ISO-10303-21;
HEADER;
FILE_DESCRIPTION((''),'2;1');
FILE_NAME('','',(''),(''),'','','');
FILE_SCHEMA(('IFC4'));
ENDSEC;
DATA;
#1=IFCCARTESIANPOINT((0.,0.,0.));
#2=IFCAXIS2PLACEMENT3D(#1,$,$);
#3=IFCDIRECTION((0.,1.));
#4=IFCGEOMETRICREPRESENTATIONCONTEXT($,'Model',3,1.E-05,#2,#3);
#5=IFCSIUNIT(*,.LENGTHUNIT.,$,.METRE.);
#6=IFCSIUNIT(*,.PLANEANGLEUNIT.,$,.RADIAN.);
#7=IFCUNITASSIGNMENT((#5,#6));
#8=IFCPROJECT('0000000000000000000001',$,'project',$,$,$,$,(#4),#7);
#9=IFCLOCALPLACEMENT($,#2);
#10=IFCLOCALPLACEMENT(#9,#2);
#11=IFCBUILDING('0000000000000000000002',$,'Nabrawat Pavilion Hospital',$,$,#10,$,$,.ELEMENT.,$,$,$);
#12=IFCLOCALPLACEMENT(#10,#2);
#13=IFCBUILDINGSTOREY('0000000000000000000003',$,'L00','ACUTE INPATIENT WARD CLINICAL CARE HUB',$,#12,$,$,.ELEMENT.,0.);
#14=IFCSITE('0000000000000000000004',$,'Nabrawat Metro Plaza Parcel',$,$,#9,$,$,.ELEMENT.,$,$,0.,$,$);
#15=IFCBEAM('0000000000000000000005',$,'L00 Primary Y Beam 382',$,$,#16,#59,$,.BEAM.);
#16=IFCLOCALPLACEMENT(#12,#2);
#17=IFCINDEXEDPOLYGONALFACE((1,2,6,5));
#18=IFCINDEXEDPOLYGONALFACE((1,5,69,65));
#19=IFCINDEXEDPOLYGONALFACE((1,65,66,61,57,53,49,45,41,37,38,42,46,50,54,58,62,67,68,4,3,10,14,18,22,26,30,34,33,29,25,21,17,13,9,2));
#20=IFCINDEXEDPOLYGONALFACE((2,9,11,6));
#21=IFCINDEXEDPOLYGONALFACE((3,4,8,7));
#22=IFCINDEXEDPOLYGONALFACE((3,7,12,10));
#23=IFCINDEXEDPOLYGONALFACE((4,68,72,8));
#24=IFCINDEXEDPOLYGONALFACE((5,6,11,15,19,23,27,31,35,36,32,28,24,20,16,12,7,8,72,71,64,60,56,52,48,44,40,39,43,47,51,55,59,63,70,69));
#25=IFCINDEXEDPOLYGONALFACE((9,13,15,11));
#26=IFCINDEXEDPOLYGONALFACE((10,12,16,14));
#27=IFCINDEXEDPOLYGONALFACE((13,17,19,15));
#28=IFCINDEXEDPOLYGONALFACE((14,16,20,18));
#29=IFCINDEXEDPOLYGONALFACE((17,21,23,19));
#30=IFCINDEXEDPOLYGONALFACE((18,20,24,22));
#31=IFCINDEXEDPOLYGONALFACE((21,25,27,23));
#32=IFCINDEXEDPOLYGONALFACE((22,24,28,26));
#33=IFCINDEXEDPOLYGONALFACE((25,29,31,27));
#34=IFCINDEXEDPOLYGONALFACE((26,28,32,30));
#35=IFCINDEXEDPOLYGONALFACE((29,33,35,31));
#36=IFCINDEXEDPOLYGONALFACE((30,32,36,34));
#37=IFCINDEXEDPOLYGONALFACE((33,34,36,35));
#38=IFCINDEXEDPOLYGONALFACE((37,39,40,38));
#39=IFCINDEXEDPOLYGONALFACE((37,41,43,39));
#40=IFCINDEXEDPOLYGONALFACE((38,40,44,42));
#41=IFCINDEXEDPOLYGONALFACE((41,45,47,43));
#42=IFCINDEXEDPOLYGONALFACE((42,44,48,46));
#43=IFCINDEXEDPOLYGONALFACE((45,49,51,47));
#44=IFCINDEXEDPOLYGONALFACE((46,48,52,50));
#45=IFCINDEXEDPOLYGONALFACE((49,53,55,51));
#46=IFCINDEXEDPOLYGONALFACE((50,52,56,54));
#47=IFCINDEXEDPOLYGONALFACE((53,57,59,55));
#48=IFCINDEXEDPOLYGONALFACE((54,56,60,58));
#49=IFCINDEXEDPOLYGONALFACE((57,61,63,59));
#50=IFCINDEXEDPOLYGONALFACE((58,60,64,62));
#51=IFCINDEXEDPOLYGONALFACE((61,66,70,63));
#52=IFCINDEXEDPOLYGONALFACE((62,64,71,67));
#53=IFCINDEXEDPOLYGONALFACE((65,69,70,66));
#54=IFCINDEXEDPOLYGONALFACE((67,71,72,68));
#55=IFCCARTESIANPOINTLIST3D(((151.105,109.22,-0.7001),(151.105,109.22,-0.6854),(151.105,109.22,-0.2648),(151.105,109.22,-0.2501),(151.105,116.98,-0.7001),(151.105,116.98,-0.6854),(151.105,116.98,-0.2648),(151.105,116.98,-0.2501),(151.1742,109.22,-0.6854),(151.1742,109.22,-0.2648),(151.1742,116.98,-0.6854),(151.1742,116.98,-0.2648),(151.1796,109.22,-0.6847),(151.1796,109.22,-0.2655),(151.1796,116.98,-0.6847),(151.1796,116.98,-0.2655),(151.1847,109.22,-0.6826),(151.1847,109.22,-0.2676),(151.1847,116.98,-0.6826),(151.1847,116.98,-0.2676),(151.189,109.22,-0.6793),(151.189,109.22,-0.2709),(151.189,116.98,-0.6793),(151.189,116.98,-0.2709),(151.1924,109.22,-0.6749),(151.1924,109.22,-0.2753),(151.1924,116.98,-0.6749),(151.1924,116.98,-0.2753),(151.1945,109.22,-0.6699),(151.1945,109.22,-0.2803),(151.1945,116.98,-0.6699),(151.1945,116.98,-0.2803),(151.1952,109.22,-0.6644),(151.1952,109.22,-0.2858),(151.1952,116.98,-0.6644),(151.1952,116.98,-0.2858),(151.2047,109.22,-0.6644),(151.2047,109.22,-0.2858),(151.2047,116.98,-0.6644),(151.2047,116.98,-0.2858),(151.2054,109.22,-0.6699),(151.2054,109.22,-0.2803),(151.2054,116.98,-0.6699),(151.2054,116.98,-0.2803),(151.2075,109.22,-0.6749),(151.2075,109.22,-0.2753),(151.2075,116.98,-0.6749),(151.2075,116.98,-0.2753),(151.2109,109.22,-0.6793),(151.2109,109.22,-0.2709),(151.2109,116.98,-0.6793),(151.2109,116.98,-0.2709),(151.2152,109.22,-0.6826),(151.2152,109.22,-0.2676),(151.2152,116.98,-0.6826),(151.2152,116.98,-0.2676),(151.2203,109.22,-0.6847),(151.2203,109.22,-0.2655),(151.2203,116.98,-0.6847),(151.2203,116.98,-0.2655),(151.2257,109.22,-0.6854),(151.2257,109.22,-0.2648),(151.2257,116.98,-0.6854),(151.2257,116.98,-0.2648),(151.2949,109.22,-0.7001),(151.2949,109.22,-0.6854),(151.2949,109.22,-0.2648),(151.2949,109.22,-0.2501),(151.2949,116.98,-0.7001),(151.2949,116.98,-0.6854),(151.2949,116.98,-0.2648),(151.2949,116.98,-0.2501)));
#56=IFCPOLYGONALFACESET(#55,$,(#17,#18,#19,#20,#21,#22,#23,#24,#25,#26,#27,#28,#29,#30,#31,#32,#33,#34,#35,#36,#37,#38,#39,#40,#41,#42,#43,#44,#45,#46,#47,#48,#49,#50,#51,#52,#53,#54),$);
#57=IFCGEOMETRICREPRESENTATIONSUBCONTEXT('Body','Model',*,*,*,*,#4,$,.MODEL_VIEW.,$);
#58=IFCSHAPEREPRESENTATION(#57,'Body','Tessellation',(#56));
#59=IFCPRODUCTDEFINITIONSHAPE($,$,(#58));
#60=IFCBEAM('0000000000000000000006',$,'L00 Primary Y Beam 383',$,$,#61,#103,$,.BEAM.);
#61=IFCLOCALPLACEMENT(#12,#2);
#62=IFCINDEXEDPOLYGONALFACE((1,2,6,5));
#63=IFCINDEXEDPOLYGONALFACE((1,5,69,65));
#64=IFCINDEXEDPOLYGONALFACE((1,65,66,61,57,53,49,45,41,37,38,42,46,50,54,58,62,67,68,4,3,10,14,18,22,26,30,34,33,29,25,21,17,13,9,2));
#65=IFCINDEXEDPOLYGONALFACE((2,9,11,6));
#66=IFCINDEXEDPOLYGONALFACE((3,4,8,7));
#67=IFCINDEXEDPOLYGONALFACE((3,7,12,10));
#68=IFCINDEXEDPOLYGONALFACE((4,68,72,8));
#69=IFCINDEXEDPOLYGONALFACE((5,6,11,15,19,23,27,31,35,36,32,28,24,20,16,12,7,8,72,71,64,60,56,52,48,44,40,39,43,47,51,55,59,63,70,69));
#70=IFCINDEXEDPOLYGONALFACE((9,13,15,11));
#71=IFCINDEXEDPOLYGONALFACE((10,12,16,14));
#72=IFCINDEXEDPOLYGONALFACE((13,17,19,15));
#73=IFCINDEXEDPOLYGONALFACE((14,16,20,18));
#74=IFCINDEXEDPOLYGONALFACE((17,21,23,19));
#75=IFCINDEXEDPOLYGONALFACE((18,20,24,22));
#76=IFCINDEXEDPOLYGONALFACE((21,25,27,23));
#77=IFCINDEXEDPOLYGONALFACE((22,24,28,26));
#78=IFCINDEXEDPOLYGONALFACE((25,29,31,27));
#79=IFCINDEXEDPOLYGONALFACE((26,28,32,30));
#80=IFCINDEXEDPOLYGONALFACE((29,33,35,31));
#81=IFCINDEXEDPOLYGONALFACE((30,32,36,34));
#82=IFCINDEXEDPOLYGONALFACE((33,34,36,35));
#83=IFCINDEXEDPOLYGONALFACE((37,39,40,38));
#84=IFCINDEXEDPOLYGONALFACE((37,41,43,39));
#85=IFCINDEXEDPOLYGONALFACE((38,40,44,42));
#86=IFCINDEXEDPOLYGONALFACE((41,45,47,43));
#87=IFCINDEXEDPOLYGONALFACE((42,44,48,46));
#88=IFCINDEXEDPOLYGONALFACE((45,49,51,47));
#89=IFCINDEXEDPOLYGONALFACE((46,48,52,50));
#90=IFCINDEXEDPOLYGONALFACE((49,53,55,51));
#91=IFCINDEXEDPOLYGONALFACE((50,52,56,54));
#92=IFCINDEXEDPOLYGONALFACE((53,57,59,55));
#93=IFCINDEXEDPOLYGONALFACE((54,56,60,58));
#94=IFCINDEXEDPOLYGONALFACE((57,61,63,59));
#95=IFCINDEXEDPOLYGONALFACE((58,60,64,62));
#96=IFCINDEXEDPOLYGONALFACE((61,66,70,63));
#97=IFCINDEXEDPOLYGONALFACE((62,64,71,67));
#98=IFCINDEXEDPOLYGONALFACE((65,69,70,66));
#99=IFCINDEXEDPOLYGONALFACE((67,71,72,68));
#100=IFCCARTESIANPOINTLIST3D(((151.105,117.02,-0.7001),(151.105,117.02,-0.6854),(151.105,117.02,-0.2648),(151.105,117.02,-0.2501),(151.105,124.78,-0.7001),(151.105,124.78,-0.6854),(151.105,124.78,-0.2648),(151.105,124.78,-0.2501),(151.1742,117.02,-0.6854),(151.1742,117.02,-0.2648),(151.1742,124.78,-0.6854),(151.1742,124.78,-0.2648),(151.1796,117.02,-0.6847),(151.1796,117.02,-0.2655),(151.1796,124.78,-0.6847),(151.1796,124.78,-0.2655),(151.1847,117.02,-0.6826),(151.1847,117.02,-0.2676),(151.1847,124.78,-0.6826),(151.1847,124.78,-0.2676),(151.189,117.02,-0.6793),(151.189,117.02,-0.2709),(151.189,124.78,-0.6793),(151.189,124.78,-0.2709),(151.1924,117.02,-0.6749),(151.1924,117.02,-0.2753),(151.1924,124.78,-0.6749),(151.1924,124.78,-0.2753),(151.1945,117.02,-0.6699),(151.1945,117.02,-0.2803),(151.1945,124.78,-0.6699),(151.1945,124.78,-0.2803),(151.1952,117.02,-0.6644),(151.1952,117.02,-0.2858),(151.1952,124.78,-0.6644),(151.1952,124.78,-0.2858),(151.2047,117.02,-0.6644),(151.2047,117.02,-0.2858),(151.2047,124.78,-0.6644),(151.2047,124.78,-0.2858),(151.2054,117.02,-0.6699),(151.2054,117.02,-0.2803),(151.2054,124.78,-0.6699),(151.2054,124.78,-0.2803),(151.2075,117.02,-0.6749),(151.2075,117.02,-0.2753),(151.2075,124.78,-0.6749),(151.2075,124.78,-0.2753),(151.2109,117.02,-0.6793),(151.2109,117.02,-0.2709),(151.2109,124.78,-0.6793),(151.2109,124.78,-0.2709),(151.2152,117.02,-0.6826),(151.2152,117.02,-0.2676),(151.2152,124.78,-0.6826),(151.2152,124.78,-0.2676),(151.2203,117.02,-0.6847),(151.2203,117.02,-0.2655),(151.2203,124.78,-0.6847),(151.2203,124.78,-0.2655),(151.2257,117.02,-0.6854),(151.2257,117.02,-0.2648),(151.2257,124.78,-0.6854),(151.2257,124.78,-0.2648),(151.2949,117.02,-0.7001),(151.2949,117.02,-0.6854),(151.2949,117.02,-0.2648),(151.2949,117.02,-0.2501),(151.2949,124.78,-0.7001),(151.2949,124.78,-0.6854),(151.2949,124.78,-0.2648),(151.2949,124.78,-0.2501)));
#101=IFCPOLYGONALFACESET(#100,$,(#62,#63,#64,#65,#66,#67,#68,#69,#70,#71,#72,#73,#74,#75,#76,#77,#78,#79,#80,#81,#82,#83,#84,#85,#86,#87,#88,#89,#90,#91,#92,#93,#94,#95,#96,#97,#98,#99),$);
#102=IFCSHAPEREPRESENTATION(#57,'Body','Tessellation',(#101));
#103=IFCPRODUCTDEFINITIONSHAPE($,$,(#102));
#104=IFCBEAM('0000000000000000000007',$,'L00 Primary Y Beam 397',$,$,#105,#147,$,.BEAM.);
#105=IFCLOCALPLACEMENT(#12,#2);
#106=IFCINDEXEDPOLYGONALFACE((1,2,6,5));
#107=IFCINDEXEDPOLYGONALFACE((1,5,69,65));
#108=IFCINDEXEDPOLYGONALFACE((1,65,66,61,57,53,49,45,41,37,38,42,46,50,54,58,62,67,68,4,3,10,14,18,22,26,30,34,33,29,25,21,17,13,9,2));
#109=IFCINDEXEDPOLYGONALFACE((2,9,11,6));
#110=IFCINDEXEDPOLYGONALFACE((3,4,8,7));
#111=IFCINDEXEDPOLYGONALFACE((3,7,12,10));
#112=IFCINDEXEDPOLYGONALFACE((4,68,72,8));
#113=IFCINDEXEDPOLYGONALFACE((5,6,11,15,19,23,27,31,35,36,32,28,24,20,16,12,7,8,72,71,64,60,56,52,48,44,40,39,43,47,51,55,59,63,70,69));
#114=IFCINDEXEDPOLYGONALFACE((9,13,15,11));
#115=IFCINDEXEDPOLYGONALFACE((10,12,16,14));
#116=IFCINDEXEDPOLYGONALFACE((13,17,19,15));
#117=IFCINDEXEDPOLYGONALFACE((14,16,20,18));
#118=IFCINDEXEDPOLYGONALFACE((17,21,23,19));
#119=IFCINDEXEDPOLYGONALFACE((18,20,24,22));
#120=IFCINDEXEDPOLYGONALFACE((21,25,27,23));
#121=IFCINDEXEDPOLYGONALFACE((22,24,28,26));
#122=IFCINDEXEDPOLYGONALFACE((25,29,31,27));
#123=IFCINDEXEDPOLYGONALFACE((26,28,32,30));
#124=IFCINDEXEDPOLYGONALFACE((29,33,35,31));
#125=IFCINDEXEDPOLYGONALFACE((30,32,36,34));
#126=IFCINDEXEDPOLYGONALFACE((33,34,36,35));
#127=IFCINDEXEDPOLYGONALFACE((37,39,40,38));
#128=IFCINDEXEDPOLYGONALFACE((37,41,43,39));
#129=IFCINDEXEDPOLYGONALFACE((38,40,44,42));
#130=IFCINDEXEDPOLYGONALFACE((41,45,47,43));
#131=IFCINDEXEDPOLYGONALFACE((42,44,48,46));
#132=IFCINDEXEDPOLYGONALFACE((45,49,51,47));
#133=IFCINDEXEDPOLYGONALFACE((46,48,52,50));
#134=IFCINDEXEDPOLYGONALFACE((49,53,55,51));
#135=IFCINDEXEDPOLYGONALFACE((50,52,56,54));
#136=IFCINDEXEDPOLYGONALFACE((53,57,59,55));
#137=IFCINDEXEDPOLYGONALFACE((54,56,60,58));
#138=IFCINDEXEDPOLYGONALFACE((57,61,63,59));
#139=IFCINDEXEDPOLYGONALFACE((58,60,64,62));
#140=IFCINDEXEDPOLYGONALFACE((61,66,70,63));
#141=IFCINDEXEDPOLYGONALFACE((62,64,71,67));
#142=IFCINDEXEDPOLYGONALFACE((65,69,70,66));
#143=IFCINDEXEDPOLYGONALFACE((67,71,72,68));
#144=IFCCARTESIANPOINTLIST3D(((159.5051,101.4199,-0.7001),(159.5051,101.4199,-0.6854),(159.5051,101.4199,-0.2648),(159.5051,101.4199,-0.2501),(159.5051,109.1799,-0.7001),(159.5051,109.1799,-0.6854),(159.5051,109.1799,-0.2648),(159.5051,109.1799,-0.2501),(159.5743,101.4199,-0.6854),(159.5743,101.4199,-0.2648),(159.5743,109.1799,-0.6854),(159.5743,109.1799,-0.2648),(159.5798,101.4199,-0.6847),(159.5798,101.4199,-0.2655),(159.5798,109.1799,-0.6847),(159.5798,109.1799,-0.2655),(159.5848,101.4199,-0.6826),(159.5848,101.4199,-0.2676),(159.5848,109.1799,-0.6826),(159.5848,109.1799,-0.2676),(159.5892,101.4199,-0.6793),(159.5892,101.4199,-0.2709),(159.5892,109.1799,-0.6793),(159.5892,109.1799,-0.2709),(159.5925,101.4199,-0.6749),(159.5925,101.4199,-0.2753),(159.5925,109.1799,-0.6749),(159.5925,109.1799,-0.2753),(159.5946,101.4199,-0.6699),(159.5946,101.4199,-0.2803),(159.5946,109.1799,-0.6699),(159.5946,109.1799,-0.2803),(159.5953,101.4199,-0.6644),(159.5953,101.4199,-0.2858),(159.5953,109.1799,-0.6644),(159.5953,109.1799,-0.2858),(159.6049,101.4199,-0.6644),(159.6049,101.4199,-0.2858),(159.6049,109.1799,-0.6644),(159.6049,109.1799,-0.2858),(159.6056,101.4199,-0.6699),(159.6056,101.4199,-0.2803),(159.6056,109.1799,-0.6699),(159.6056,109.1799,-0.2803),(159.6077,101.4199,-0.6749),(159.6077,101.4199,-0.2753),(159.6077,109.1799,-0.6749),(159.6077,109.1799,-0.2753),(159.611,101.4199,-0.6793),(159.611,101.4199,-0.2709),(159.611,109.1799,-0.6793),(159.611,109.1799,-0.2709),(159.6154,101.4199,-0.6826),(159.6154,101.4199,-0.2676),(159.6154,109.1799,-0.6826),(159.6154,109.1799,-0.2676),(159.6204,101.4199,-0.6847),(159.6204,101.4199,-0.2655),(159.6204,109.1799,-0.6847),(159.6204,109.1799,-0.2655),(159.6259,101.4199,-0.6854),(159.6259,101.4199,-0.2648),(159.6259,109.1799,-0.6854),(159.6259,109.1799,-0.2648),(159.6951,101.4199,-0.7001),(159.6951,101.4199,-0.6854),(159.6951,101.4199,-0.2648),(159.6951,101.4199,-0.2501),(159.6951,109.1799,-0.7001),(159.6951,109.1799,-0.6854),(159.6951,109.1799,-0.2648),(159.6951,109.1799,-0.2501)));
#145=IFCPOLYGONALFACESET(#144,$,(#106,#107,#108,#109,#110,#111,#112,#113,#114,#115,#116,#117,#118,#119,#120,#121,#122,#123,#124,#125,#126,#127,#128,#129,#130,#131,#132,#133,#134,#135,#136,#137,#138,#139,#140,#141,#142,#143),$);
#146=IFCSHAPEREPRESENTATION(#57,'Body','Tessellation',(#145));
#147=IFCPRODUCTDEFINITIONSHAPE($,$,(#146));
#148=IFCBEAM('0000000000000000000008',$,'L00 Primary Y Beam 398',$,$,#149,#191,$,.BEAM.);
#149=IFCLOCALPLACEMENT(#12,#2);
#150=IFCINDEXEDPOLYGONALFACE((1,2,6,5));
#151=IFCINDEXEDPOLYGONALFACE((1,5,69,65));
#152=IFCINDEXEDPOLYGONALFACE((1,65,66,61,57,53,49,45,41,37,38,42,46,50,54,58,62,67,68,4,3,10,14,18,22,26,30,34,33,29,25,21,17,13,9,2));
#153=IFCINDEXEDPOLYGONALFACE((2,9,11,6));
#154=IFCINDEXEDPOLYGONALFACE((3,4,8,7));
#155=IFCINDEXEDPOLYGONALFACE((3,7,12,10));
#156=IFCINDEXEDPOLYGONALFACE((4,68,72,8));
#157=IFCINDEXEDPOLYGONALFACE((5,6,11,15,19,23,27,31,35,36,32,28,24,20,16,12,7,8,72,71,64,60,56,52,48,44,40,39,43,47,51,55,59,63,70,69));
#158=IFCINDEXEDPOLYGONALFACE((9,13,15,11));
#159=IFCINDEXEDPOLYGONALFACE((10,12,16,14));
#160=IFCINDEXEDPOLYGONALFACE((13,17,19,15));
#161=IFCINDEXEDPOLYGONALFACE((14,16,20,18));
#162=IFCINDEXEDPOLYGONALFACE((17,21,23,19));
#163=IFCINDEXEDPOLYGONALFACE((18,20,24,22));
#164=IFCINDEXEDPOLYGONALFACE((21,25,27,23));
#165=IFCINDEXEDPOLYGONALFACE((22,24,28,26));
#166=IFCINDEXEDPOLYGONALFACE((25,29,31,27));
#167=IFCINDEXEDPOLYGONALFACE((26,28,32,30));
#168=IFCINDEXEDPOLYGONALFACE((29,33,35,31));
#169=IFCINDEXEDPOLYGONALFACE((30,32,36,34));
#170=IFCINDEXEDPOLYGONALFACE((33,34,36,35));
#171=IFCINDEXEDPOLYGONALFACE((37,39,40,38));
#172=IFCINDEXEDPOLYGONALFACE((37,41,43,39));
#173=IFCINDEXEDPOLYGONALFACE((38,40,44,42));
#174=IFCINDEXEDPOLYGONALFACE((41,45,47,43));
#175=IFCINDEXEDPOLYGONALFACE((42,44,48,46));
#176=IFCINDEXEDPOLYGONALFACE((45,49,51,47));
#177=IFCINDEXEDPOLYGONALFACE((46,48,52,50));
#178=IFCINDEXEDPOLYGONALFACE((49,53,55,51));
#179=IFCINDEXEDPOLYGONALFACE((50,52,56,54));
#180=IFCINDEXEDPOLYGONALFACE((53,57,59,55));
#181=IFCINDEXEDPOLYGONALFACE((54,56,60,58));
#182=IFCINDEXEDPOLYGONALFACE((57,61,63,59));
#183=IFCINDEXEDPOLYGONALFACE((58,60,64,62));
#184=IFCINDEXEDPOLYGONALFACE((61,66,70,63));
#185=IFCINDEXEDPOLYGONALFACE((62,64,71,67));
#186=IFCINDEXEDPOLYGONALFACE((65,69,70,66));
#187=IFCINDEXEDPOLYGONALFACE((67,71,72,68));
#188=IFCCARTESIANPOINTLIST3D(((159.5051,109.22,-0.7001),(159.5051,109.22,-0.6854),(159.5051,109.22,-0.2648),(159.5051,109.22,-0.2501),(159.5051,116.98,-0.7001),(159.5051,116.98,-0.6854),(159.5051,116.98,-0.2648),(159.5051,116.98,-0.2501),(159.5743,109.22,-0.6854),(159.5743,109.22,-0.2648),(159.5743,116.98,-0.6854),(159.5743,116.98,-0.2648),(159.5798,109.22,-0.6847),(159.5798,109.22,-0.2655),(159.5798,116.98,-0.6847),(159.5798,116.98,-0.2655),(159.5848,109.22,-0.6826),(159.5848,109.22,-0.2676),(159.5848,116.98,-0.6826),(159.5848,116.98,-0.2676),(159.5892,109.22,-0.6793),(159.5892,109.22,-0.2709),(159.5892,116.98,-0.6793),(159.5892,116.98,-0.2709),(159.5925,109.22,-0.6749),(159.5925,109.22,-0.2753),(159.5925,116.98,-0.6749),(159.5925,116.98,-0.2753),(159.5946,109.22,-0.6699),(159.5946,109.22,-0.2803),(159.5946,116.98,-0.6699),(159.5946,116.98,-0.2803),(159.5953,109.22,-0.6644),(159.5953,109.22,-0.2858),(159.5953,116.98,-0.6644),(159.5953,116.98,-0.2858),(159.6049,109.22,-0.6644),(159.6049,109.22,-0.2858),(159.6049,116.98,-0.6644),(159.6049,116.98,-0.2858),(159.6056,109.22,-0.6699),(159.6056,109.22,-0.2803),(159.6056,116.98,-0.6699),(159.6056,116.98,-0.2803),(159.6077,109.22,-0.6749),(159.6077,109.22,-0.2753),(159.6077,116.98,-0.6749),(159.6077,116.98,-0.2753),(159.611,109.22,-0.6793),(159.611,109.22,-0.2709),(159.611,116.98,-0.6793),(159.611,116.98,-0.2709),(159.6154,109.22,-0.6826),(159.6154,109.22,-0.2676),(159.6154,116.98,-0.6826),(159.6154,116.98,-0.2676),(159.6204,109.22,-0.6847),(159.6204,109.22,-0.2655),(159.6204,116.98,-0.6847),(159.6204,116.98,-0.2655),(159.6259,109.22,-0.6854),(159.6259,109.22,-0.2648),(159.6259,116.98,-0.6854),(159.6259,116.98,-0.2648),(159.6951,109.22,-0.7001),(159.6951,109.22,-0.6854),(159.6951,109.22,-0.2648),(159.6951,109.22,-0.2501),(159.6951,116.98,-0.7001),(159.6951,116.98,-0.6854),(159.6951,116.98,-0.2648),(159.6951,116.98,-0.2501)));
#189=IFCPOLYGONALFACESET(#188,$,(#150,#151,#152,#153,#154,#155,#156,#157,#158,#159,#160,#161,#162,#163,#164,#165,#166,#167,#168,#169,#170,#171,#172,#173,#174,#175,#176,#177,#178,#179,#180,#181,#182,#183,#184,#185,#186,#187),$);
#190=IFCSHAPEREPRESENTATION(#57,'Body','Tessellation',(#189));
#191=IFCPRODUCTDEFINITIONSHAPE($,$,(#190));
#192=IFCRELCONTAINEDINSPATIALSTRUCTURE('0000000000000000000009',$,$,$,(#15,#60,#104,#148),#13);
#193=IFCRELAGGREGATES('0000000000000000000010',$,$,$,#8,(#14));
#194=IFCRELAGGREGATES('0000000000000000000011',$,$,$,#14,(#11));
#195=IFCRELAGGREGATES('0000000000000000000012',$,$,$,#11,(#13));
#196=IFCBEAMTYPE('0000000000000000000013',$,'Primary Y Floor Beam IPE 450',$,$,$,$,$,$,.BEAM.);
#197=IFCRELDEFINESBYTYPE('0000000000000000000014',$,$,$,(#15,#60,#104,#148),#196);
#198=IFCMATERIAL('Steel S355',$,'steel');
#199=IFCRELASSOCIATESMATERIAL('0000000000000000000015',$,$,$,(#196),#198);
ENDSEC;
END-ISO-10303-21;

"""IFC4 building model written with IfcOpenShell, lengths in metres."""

from ifc_helpers import new_model, si_unit, direction, frame, origin, origin_2d, place, context, subcontext, project, spatial, i_section, extrude, material, material_profile, profile_set, type_object, element, save


model = new_model("IFC4")

# Units and contexts
model_context = context("Model", 3, precision=1e-05, world=origin(), true_north=direction((0.0, 1.0)))
body_context = subcontext(model_context, "Body", "Model", "MODEL_VIEW")
ifc_project = project(units=[si_unit("LENGTHUNIT", "METRE"), si_unit("PLANEANGLEUNIT", "RADIAN")], contexts=[model_context])

# Site, building, storey
site_placement = place(None, origin())
site = spatial("IfcSite", under=ifc_project, at=site_placement, Name="Nabrawat Metro Plaza Parcel", CompositionType="ELEMENT", RefElevation=0.0)
building_placement = place(site_placement, origin())
building = spatial("IfcBuilding", under=site, at=building_placement, Name="Nabrawat Pavilion Hospital", CompositionType="ELEMENT")
storey_placement = place(building_placement, origin())
storey = spatial("IfcBuildingStorey", under=building, at=storey_placement, Name="L00", Description="ACUTE INPATIENT WARD CLINICAL CARE HUB", CompositionType="ELEMENT", Elevation=0.0)

# Beams
ifc_material_1 = material(Name="Steel S355", Category="steel")
ifc_material_profile_1 = material_profile(ifc_material_1, i_section(OverallWidth=0.1899, OverallDepth=0.45, WebThickness=0.0095, FlangeThickness=0.0146, FilletRadius=0.021, at=origin_2d()), Name="IPE 450")
ifc_profile_set_1 = profile_set([ifc_material_profile_1], Name="Steel S355")
beam_type_1 = type_object("IfcBeamType", Name="Primary Y Floor Beam IPE 450", PredefinedType="BEAM", material=ifc_profile_set_1)
for number, where, z_axis, x_axis, name in (
    (1, (151.2, 109.22, -0.4751), (0.0, 1.0, 0.0), (-1.0, 0.0, 0.0), "L00 Primary Y Beam 382"),
    (2, (151.2, 117.02, -0.4751), (0.0, 1.0, 0.0), (-1.0, 0.0, 0.0), "L00 Primary Y Beam 383"),
    (3, (159.6001, 101.4199, -0.4751), (0.0, 1.0, 0.0), (-1.0, 0.0, 0.0), "L00 Primary Y Beam 397"),
    (4, (159.6001, 109.22, -0.4751), (0.0, 1.0, 0.0), (-1.0, 0.0, 0.0), "L00 Primary Y Beam 398"),
):
    element("IfcBeam", number, at=place(storey_placement, frame(where, z_axis=z_axis, x_axis=x_axis)), inside=storey, type_object=beam_type_1, Name=name, PredefinedType="BEAM", context=body_context, shape_type="SweptSolid", body=[
        extrude(i_section(OverallWidth=0.1899, OverallDepth=0.45, WebThickness=0.0095, FlangeThickness=0.0146, FilletRadius=0.021, at=origin_2d()), origin(), (0.0, 0.0, 1.0), 7.76),
    ])

save(model, "model.ifc")
